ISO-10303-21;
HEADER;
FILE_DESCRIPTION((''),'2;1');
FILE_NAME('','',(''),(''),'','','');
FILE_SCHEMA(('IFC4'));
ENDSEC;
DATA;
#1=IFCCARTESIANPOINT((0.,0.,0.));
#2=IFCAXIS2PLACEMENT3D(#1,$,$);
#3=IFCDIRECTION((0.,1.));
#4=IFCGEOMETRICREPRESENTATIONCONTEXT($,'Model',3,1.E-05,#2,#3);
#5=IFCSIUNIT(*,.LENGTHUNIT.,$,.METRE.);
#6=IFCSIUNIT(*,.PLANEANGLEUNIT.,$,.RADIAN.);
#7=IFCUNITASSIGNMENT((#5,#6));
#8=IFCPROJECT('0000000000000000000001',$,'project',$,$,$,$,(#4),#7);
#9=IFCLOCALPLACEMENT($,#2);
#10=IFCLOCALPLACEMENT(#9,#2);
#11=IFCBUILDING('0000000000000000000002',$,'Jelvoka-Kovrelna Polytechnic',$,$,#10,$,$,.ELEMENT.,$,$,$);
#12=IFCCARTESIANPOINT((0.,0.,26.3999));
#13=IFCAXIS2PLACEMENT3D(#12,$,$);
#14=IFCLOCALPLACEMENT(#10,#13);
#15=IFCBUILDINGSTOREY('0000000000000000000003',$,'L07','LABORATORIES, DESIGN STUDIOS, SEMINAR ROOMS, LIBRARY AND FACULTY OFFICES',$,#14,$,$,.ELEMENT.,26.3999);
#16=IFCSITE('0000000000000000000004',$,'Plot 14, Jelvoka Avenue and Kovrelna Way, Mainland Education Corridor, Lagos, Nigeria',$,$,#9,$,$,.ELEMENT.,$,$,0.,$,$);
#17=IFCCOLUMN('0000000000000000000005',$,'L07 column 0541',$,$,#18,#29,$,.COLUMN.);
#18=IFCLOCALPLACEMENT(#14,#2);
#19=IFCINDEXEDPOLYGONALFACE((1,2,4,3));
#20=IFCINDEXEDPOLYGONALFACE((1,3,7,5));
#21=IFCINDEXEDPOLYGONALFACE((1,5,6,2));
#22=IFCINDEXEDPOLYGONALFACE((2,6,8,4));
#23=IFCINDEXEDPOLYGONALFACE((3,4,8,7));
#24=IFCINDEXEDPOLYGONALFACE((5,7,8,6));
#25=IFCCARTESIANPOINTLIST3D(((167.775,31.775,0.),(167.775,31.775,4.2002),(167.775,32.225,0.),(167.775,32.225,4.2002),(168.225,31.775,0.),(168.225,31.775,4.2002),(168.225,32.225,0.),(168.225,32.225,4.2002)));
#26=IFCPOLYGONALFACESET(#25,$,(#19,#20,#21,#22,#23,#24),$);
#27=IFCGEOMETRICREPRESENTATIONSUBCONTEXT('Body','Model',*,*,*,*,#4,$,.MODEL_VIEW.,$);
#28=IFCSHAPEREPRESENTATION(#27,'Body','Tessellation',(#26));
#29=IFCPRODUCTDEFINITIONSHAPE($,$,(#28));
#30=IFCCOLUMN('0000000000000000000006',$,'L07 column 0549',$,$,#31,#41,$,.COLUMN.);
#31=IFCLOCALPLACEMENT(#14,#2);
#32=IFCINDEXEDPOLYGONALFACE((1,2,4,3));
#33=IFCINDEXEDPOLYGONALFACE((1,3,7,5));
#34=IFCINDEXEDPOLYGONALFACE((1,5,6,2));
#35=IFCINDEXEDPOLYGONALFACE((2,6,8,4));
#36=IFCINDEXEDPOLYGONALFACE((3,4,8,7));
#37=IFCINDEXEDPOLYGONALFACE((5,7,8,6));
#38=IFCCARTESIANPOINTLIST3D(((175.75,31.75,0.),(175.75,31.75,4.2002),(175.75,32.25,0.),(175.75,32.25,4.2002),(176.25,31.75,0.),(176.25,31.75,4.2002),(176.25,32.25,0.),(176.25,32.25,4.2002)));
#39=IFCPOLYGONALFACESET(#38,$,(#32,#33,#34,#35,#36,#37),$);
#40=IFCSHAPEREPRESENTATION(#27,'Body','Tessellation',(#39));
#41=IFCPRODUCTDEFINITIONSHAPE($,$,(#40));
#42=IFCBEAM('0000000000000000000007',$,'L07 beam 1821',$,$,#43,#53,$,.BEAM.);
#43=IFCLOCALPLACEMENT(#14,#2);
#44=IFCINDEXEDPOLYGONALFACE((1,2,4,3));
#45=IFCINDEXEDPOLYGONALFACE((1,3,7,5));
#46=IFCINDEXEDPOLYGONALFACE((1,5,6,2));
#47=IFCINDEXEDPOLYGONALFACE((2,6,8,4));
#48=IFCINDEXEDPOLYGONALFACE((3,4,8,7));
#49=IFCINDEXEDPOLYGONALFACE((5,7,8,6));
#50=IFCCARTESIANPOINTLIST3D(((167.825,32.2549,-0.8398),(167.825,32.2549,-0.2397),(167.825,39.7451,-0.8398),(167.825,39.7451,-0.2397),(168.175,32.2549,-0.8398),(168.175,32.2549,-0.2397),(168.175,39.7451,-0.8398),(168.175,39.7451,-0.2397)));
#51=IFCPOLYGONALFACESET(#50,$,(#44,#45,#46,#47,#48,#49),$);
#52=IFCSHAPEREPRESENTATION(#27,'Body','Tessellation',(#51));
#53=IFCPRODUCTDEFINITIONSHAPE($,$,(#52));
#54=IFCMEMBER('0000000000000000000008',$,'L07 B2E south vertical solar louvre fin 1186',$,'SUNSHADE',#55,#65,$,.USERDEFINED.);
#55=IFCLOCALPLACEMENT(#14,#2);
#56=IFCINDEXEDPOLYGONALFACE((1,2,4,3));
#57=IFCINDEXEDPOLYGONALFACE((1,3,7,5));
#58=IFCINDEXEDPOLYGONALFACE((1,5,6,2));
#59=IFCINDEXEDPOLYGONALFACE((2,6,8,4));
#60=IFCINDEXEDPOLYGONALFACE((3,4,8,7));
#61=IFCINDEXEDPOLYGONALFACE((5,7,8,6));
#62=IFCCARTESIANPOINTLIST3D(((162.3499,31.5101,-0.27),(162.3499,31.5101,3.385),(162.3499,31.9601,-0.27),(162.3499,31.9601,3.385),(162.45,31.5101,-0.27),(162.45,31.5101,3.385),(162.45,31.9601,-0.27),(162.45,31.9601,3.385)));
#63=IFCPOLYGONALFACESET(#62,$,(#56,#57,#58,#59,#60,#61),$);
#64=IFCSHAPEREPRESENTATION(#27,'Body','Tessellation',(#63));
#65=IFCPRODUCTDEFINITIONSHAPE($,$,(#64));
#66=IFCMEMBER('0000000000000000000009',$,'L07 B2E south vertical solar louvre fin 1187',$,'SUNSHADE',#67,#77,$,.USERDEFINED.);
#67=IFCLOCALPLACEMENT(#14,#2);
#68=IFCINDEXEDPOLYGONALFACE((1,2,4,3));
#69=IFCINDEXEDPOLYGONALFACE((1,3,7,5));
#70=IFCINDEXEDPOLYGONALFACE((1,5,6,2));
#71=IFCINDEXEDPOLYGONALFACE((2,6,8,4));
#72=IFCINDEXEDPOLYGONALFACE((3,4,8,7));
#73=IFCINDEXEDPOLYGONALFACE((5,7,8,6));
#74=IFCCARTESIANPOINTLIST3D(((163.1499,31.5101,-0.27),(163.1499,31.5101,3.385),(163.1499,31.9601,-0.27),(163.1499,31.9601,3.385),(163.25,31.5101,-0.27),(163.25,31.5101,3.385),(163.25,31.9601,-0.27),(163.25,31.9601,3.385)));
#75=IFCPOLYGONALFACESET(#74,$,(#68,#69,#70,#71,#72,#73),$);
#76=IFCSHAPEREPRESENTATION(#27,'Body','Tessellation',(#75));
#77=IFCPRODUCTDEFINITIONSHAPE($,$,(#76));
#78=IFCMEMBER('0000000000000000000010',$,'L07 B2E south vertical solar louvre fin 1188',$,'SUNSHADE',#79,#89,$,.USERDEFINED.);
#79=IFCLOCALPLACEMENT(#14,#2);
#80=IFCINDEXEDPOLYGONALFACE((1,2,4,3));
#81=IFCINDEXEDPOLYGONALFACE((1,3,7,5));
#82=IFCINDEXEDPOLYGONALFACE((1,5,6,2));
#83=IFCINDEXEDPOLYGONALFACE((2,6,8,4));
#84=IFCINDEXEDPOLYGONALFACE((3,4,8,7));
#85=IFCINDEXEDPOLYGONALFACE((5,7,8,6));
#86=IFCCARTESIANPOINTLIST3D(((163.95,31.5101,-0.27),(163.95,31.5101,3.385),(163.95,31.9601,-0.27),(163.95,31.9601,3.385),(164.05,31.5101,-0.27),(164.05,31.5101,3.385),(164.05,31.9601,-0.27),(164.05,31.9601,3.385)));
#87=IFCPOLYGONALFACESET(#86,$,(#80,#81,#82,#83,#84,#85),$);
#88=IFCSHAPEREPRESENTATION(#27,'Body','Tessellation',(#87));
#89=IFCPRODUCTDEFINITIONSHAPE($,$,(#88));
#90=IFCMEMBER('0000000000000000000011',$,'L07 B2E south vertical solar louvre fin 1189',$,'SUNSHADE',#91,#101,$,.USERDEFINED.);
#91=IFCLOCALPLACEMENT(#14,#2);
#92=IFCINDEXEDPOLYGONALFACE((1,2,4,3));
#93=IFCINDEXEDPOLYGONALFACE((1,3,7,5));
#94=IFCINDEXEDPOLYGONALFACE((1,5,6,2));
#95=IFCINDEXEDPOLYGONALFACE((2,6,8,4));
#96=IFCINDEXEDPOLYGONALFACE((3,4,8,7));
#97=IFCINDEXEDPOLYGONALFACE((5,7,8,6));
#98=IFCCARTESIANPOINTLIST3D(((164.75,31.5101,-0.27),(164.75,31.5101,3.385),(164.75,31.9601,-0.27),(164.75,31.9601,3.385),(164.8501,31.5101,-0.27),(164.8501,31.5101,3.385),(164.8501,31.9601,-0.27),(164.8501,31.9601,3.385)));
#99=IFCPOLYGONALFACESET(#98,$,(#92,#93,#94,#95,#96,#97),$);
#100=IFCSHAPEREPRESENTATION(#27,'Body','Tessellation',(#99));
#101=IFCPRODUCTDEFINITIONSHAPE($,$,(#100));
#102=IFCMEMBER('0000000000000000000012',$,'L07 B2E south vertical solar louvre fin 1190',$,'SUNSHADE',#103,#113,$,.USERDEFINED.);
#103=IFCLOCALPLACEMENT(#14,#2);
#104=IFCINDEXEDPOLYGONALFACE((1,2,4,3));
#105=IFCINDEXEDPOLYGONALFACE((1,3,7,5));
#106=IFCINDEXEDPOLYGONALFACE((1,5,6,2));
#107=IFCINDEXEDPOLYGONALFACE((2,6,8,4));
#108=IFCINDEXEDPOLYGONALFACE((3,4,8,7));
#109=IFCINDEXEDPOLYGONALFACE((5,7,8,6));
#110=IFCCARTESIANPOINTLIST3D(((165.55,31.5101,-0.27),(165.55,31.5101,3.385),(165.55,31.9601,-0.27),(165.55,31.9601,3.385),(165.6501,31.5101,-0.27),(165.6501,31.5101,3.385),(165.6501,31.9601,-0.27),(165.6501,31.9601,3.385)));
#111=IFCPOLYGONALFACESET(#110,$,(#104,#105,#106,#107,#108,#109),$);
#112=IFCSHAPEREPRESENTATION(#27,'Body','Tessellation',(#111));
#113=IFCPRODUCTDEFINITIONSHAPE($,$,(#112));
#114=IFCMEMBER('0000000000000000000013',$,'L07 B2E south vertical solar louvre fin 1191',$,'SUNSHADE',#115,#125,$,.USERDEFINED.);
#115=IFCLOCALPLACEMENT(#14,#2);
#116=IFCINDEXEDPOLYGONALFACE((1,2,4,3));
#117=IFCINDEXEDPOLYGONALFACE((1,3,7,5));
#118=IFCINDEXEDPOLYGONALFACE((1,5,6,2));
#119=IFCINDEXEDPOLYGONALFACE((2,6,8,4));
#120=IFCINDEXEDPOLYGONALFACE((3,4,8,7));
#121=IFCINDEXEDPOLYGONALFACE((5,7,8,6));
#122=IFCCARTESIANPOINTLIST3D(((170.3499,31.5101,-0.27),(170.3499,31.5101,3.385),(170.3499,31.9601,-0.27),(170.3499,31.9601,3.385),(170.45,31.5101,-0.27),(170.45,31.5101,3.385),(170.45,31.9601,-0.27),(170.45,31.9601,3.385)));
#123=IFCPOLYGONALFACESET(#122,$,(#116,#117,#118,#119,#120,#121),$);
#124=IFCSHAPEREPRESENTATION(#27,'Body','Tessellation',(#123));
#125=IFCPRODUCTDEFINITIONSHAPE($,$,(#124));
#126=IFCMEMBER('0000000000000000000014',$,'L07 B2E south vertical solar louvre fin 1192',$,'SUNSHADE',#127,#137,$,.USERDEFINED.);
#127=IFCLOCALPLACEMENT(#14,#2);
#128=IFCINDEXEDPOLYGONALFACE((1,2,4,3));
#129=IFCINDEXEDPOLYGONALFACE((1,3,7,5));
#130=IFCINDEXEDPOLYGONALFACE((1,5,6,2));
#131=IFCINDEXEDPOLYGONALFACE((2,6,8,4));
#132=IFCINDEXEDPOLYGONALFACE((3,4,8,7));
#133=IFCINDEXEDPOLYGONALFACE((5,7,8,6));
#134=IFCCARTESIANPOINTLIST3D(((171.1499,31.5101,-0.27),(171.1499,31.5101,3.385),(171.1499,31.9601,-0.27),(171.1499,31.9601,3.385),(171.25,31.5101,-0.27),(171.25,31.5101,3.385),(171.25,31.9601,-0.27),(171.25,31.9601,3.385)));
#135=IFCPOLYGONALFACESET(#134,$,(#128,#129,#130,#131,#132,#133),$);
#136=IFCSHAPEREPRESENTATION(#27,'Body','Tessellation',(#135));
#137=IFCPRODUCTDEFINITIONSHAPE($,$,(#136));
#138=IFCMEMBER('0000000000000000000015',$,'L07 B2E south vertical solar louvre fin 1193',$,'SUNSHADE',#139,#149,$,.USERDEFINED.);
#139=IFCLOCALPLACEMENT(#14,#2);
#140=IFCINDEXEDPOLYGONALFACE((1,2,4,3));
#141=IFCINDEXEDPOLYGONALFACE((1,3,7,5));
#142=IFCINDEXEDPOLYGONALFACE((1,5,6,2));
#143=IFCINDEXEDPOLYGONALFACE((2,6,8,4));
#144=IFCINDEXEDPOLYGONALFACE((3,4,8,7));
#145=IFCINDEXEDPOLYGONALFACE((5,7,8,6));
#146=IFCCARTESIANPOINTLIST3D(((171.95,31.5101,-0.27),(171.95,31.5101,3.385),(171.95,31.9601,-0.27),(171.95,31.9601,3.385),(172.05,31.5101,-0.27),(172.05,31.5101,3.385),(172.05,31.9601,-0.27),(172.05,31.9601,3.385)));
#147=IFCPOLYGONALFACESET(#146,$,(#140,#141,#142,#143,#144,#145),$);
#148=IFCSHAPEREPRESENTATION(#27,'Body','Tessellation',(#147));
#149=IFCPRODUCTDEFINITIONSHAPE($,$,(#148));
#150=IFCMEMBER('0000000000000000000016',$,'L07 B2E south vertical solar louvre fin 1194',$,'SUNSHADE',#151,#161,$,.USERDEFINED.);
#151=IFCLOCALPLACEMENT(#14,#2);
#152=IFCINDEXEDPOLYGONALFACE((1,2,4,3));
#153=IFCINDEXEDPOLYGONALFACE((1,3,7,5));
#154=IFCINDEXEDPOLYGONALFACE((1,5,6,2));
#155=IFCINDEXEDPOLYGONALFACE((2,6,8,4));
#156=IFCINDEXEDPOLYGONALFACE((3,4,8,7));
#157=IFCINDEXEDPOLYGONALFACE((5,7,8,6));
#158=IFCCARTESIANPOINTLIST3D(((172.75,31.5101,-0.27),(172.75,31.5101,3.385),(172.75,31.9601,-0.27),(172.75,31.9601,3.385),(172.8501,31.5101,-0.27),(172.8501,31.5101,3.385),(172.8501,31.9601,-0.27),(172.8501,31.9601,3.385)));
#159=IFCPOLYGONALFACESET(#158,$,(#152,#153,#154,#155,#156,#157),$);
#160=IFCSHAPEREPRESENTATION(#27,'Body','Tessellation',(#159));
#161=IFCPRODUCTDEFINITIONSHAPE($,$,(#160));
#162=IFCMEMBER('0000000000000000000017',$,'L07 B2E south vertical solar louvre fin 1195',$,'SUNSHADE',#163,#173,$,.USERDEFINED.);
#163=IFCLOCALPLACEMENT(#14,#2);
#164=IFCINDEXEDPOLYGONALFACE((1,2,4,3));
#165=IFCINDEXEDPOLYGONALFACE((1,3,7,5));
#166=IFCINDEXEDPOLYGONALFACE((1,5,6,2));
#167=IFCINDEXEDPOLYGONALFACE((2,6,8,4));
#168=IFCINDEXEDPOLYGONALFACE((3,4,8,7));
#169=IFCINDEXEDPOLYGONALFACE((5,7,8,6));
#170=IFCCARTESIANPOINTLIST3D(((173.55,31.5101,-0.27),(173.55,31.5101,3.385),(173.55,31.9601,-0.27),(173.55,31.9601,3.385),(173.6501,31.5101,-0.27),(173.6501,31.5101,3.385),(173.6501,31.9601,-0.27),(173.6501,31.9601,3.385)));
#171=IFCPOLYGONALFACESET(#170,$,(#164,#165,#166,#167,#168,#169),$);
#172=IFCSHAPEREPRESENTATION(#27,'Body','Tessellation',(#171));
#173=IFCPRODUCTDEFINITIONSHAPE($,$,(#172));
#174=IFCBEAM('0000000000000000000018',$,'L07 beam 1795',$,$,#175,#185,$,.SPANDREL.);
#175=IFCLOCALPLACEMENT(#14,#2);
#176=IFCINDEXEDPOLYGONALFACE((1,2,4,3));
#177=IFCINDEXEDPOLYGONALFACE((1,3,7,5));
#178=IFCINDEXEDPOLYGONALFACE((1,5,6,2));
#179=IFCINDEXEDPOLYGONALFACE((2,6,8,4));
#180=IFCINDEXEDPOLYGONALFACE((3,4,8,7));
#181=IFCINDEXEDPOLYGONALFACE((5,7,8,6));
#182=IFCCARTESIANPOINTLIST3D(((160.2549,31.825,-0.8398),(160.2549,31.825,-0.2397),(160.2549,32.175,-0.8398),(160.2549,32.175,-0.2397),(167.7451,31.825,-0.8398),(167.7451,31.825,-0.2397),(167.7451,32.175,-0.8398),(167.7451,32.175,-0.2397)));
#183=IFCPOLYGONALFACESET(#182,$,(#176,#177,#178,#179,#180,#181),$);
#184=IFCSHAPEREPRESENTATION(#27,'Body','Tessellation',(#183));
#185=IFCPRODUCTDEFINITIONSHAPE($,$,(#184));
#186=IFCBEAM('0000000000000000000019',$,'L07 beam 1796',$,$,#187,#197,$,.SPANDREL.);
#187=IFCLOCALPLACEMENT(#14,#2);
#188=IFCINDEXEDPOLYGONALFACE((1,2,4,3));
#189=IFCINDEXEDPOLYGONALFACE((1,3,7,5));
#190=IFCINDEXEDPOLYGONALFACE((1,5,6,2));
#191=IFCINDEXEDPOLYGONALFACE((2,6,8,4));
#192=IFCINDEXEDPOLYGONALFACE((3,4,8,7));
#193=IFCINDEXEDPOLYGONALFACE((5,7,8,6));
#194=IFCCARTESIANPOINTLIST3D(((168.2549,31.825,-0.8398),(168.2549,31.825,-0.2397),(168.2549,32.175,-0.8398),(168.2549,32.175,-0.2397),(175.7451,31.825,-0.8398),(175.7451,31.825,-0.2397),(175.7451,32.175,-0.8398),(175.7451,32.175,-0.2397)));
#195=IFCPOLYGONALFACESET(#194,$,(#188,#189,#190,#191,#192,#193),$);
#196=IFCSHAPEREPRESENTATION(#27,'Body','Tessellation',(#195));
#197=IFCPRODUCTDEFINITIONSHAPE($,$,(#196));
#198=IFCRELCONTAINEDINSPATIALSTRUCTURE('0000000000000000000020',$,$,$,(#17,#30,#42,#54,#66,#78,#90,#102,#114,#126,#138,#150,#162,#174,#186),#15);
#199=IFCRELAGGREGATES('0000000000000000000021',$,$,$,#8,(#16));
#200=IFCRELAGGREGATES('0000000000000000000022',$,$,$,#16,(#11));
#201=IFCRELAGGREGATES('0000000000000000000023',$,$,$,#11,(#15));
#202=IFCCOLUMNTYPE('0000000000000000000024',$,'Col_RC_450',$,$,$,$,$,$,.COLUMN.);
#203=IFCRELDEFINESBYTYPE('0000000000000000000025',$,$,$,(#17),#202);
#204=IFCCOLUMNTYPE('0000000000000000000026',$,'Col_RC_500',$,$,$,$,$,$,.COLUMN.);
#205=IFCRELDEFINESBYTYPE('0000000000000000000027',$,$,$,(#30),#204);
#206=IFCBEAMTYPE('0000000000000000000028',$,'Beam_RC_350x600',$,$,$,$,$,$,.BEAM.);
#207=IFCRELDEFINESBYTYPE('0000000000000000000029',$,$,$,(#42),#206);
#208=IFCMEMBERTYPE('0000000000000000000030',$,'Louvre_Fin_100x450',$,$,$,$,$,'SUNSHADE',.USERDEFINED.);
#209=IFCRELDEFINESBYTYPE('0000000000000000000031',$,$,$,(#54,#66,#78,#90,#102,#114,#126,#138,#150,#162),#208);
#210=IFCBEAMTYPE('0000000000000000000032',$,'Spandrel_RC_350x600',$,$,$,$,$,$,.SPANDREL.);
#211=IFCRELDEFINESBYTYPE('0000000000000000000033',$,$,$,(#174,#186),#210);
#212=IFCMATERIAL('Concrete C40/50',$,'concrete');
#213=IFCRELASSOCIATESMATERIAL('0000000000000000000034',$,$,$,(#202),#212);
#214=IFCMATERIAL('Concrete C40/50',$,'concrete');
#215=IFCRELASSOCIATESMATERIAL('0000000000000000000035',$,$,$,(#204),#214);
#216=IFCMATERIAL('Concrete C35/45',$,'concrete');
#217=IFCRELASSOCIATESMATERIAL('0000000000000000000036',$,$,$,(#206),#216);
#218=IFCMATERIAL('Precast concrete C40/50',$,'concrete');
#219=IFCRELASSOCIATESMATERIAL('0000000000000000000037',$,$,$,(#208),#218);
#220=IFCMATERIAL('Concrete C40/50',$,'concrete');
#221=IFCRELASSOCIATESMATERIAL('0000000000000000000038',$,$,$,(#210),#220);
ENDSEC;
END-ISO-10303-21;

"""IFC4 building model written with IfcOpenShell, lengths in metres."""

from ifc_helpers import new_model, si_unit, direction, frame, origin, origin_2d, place, context, subcontext, project, spatial, rectangle, extrude, material, material_profile, profile_set, type_object, element, save


model = new_model("IFC4")

# Units and contexts
model_context = context("Model", 3, precision=1e-05, world=origin(), true_north=direction((0.0, 1.0)))
body_context = subcontext(model_context, "Body", "Model", "MODEL_VIEW")
ifc_project = project(units=[si_unit("LENGTHUNIT", "METRE"), si_unit("PLANEANGLEUNIT", "RADIAN")], contexts=[model_context])

# Site, building, storey
site_placement = place(None, origin())
site = spatial("IfcSite", under=ifc_project, at=site_placement, Name="Plot 14, Jelvoka Avenue and Kovrelna Way, Mainland Education Corridor, Lagos, Nigeria", CompositionType="ELEMENT", RefElevation=0.0)
building_placement = place(site_placement, origin())
building = spatial("IfcBuilding", under=site, at=building_placement, Name="Jelvoka-Kovrelna Polytechnic", CompositionType="ELEMENT")
storey_placement = place(building_placement, frame((0.0, 0.0, 26.3999)))
storey = spatial("IfcBuildingStorey", under=building, at=storey_placement, Name="L07", Description="LABORATORIES, DESIGN STUDIOS, SEMINAR ROOMS, LIBRARY AND FACULTY OFFICES", CompositionType="ELEMENT", Elevation=26.3999)

# Columns
ifc_material_1 = material(Name="Concrete C40/50", Category="concrete")
ifc_material_profile_1 = material_profile(ifc_material_1, rectangle(XDim=0.45, YDim=0.45, at=origin_2d()), Name="RC 450x450")
ifc_profile_set_1 = profile_set([ifc_material_profile_1], Name="Concrete C40/50")
column_type_1 = type_object("IfcColumnType", Name="Col_RC_450", PredefinedType="COLUMN", material=ifc_profile_set_1)
column_1_placement = place(storey_placement, frame((168.0, 32.0, 0.0), z_axis=(0.0, 0.0, 1.0), x_axis=(1.0, 0.0, 0.0)))
element("IfcColumn", 1, at=column_1_placement, inside=storey, type_object=column_type_1, Name="L07 column 0541", PredefinedType="COLUMN", context=body_context, shape_type="SweptSolid", body=[
    extrude(rectangle(XDim=0.45, YDim=0.45, at=origin_2d()), origin(), (0.0, 0.0, 1.0), 4.2002),
])
ifc_material_2 = material(Name="Concrete C40/50", Category="concrete")
ifc_material_profile_2 = material_profile(ifc_material_2, rectangle(XDim=0.5, YDim=0.5, at=origin_2d()), Name="RC 500x500")
ifc_profile_set_2 = profile_set([ifc_material_profile_2], Name="Concrete C40/50")
column_type_2 = type_object("IfcColumnType", Name="Col_RC_500", PredefinedType="COLUMN", material=ifc_profile_set_2)
column_2_placement = place(storey_placement, frame((176.0, 32.0, 0.0), z_axis=(0.0, 0.0, 1.0), x_axis=(1.0, 0.0, 0.0)))
element("IfcColumn", 2, at=column_2_placement, inside=storey, type_object=column_type_2, Name="L07 column 0549", PredefinedType="COLUMN", context=body_context, shape_type="SweptSolid", body=[
    extrude(rectangle(XDim=0.5, YDim=0.5, at=origin_2d()), origin(), (0.0, 0.0, 1.0), 4.2002),
])

# Beam
ifc_material_3 = material(Name="Concrete C35/45", Category="concrete")
ifc_material_profile_3 = material_profile(ifc_material_3, rectangle(XDim=0.3501, YDim=0.6001, at=origin_2d()), Name="RC 350x600")
ifc_profile_set_3 = profile_set([ifc_material_profile_3], Name="Concrete C35/45")
beam_type_1 = type_object("IfcBeamType", Name="Beam_RC_350x600", PredefinedType="BEAM", material=ifc_profile_set_3)
beam_placement = place(storey_placement, frame((168.0, 32.2549, -0.5398), z_axis=(0.0, 1.0, 0.0), x_axis=(-1.0, 0.0, 0.0)))
element("IfcBeam", 3, at=beam_placement, inside=storey, type_object=beam_type_1, Name="L07 beam 1821", PredefinedType="BEAM", context=body_context, shape_type="SweptSolid", body=[
    extrude(rectangle(XDim=0.3501, YDim=0.6001, at=origin_2d()), origin(), (0.0, 0.0, 1.0), 7.4902),
])

# Members
ifc_material_4 = material(Name="Precast concrete C40/50", Category="concrete")
ifc_material_profile_4 = material_profile(ifc_material_4, rectangle(XDim=0.1001, YDim=0.45, at=origin_2d()), Name="PC 100x450")
ifc_profile_set_4 = profile_set([ifc_material_profile_4], Name="Precast concrete C40/50")
member_type = type_object("IfcMemberType", Name="Louvre_Fin_100x450", ElementType="SUNSHADE", PredefinedType="USERDEFINED", material=ifc_profile_set_4)
for number, where, z_axis, x_axis, name in (
    (4, (162.3999, 31.7351, -0.27), (0.0, 0.0, 1.0), (1.0, 0.0, 0.0), "L07 B2E south vertical solar louvre fin 1186"),
    (5, (163.2, 31.7351, -0.27), (0.0, 0.0, 1.0), (1.0, 0.0, 0.0), "L07 B2E south vertical solar louvre fin 1187"),
    (6, (164.0, 31.7351, -0.27), (0.0, 0.0, 1.0), (1.0, 0.0, 0.0), "L07 B2E south vertical solar louvre fin 1188"),
    (7, (164.8, 31.7351, -0.27), (0.0, 0.0, 1.0), (1.0, 0.0, 0.0), "L07 B2E south vertical solar louvre fin 1189"),
    (8, (165.6001, 31.7351, -0.27), (0.0, 0.0, 1.0), (1.0, 0.0, 0.0), "L07 B2E south vertical solar louvre fin 1190"),
    (9, (170.3999, 31.7351, -0.27), (0.0, 0.0, 1.0), (1.0, 0.0, 0.0), "L07 B2E south vertical solar louvre fin 1191"),
    (10, (171.2, 31.7351, -0.27), (0.0, 0.0, 1.0), (1.0, 0.0, 0.0), "L07 B2E south vertical solar louvre fin 1192"),
    (11, (172.0, 31.7351, -0.27), (0.0, 0.0, 1.0), (1.0, 0.0, 0.0), "L07 B2E south vertical solar louvre fin 1193"),
    (12, (172.8, 31.7351, -0.27), (0.0, 0.0, 1.0), (1.0, 0.0, 0.0), "L07 B2E south vertical solar louvre fin 1194"),
    (13, (173.6001, 31.7351, -0.27), (0.0, 0.0, 1.0), (1.0, 0.0, 0.0), "L07 B2E south vertical solar louvre fin 1195"),
):
    element("IfcMember", number, at=place(storey_placement, frame(where, z_axis=z_axis, x_axis=x_axis)), inside=storey, type_object=member_type, Name=name, ObjectType="SUNSHADE", PredefinedType="USERDEFINED", context=body_context, shape_type="SweptSolid", body=[
        extrude(rectangle(XDim=0.1001, YDim=0.45, at=origin_2d()), origin(), (0.0, 0.0, 1.0), 3.655),
    ])

# Beams
ifc_material_5 = material(Name="Concrete C40/50", Category="concrete")
ifc_material_profile_5 = material_profile(ifc_material_5, rectangle(XDim=0.3501, YDim=0.6001, at=origin_2d()), Name="RC 350x600")
ifc_profile_set_5 = profile_set([ifc_material_profile_5], Name="Concrete C40/50")
beam_type_2 = type_object("IfcBeamType", Name="Spandrel_RC_350x600", PredefinedType="SPANDREL", material=ifc_profile_set_5)
for number, where, z_axis, x_axis, name in (
    (14, (160.2549, 32.0, -0.5398), (1.0, 0.0, 0.0), (0.0, 1.0, 0.0), "L07 beam 1795"),
    (15, (168.2549, 32.0, -0.5398), (1.0, 0.0, 0.0), (0.0, 1.0, 0.0), "L07 beam 1796"),
):
    element("IfcBeam", number, at=place(storey_placement, frame(where, z_axis=z_axis, x_axis=x_axis)), inside=storey, type_object=beam_type_2, Name=name, PredefinedType="SPANDREL", context=body_context, shape_type="SweptSolid", body=[
        extrude(rectangle(XDim=0.3501, YDim=0.6001, at=origin_2d()), origin(), (0.0, 0.0, 1.0), 7.4902),
    ])

save(model, "model.ifc")
